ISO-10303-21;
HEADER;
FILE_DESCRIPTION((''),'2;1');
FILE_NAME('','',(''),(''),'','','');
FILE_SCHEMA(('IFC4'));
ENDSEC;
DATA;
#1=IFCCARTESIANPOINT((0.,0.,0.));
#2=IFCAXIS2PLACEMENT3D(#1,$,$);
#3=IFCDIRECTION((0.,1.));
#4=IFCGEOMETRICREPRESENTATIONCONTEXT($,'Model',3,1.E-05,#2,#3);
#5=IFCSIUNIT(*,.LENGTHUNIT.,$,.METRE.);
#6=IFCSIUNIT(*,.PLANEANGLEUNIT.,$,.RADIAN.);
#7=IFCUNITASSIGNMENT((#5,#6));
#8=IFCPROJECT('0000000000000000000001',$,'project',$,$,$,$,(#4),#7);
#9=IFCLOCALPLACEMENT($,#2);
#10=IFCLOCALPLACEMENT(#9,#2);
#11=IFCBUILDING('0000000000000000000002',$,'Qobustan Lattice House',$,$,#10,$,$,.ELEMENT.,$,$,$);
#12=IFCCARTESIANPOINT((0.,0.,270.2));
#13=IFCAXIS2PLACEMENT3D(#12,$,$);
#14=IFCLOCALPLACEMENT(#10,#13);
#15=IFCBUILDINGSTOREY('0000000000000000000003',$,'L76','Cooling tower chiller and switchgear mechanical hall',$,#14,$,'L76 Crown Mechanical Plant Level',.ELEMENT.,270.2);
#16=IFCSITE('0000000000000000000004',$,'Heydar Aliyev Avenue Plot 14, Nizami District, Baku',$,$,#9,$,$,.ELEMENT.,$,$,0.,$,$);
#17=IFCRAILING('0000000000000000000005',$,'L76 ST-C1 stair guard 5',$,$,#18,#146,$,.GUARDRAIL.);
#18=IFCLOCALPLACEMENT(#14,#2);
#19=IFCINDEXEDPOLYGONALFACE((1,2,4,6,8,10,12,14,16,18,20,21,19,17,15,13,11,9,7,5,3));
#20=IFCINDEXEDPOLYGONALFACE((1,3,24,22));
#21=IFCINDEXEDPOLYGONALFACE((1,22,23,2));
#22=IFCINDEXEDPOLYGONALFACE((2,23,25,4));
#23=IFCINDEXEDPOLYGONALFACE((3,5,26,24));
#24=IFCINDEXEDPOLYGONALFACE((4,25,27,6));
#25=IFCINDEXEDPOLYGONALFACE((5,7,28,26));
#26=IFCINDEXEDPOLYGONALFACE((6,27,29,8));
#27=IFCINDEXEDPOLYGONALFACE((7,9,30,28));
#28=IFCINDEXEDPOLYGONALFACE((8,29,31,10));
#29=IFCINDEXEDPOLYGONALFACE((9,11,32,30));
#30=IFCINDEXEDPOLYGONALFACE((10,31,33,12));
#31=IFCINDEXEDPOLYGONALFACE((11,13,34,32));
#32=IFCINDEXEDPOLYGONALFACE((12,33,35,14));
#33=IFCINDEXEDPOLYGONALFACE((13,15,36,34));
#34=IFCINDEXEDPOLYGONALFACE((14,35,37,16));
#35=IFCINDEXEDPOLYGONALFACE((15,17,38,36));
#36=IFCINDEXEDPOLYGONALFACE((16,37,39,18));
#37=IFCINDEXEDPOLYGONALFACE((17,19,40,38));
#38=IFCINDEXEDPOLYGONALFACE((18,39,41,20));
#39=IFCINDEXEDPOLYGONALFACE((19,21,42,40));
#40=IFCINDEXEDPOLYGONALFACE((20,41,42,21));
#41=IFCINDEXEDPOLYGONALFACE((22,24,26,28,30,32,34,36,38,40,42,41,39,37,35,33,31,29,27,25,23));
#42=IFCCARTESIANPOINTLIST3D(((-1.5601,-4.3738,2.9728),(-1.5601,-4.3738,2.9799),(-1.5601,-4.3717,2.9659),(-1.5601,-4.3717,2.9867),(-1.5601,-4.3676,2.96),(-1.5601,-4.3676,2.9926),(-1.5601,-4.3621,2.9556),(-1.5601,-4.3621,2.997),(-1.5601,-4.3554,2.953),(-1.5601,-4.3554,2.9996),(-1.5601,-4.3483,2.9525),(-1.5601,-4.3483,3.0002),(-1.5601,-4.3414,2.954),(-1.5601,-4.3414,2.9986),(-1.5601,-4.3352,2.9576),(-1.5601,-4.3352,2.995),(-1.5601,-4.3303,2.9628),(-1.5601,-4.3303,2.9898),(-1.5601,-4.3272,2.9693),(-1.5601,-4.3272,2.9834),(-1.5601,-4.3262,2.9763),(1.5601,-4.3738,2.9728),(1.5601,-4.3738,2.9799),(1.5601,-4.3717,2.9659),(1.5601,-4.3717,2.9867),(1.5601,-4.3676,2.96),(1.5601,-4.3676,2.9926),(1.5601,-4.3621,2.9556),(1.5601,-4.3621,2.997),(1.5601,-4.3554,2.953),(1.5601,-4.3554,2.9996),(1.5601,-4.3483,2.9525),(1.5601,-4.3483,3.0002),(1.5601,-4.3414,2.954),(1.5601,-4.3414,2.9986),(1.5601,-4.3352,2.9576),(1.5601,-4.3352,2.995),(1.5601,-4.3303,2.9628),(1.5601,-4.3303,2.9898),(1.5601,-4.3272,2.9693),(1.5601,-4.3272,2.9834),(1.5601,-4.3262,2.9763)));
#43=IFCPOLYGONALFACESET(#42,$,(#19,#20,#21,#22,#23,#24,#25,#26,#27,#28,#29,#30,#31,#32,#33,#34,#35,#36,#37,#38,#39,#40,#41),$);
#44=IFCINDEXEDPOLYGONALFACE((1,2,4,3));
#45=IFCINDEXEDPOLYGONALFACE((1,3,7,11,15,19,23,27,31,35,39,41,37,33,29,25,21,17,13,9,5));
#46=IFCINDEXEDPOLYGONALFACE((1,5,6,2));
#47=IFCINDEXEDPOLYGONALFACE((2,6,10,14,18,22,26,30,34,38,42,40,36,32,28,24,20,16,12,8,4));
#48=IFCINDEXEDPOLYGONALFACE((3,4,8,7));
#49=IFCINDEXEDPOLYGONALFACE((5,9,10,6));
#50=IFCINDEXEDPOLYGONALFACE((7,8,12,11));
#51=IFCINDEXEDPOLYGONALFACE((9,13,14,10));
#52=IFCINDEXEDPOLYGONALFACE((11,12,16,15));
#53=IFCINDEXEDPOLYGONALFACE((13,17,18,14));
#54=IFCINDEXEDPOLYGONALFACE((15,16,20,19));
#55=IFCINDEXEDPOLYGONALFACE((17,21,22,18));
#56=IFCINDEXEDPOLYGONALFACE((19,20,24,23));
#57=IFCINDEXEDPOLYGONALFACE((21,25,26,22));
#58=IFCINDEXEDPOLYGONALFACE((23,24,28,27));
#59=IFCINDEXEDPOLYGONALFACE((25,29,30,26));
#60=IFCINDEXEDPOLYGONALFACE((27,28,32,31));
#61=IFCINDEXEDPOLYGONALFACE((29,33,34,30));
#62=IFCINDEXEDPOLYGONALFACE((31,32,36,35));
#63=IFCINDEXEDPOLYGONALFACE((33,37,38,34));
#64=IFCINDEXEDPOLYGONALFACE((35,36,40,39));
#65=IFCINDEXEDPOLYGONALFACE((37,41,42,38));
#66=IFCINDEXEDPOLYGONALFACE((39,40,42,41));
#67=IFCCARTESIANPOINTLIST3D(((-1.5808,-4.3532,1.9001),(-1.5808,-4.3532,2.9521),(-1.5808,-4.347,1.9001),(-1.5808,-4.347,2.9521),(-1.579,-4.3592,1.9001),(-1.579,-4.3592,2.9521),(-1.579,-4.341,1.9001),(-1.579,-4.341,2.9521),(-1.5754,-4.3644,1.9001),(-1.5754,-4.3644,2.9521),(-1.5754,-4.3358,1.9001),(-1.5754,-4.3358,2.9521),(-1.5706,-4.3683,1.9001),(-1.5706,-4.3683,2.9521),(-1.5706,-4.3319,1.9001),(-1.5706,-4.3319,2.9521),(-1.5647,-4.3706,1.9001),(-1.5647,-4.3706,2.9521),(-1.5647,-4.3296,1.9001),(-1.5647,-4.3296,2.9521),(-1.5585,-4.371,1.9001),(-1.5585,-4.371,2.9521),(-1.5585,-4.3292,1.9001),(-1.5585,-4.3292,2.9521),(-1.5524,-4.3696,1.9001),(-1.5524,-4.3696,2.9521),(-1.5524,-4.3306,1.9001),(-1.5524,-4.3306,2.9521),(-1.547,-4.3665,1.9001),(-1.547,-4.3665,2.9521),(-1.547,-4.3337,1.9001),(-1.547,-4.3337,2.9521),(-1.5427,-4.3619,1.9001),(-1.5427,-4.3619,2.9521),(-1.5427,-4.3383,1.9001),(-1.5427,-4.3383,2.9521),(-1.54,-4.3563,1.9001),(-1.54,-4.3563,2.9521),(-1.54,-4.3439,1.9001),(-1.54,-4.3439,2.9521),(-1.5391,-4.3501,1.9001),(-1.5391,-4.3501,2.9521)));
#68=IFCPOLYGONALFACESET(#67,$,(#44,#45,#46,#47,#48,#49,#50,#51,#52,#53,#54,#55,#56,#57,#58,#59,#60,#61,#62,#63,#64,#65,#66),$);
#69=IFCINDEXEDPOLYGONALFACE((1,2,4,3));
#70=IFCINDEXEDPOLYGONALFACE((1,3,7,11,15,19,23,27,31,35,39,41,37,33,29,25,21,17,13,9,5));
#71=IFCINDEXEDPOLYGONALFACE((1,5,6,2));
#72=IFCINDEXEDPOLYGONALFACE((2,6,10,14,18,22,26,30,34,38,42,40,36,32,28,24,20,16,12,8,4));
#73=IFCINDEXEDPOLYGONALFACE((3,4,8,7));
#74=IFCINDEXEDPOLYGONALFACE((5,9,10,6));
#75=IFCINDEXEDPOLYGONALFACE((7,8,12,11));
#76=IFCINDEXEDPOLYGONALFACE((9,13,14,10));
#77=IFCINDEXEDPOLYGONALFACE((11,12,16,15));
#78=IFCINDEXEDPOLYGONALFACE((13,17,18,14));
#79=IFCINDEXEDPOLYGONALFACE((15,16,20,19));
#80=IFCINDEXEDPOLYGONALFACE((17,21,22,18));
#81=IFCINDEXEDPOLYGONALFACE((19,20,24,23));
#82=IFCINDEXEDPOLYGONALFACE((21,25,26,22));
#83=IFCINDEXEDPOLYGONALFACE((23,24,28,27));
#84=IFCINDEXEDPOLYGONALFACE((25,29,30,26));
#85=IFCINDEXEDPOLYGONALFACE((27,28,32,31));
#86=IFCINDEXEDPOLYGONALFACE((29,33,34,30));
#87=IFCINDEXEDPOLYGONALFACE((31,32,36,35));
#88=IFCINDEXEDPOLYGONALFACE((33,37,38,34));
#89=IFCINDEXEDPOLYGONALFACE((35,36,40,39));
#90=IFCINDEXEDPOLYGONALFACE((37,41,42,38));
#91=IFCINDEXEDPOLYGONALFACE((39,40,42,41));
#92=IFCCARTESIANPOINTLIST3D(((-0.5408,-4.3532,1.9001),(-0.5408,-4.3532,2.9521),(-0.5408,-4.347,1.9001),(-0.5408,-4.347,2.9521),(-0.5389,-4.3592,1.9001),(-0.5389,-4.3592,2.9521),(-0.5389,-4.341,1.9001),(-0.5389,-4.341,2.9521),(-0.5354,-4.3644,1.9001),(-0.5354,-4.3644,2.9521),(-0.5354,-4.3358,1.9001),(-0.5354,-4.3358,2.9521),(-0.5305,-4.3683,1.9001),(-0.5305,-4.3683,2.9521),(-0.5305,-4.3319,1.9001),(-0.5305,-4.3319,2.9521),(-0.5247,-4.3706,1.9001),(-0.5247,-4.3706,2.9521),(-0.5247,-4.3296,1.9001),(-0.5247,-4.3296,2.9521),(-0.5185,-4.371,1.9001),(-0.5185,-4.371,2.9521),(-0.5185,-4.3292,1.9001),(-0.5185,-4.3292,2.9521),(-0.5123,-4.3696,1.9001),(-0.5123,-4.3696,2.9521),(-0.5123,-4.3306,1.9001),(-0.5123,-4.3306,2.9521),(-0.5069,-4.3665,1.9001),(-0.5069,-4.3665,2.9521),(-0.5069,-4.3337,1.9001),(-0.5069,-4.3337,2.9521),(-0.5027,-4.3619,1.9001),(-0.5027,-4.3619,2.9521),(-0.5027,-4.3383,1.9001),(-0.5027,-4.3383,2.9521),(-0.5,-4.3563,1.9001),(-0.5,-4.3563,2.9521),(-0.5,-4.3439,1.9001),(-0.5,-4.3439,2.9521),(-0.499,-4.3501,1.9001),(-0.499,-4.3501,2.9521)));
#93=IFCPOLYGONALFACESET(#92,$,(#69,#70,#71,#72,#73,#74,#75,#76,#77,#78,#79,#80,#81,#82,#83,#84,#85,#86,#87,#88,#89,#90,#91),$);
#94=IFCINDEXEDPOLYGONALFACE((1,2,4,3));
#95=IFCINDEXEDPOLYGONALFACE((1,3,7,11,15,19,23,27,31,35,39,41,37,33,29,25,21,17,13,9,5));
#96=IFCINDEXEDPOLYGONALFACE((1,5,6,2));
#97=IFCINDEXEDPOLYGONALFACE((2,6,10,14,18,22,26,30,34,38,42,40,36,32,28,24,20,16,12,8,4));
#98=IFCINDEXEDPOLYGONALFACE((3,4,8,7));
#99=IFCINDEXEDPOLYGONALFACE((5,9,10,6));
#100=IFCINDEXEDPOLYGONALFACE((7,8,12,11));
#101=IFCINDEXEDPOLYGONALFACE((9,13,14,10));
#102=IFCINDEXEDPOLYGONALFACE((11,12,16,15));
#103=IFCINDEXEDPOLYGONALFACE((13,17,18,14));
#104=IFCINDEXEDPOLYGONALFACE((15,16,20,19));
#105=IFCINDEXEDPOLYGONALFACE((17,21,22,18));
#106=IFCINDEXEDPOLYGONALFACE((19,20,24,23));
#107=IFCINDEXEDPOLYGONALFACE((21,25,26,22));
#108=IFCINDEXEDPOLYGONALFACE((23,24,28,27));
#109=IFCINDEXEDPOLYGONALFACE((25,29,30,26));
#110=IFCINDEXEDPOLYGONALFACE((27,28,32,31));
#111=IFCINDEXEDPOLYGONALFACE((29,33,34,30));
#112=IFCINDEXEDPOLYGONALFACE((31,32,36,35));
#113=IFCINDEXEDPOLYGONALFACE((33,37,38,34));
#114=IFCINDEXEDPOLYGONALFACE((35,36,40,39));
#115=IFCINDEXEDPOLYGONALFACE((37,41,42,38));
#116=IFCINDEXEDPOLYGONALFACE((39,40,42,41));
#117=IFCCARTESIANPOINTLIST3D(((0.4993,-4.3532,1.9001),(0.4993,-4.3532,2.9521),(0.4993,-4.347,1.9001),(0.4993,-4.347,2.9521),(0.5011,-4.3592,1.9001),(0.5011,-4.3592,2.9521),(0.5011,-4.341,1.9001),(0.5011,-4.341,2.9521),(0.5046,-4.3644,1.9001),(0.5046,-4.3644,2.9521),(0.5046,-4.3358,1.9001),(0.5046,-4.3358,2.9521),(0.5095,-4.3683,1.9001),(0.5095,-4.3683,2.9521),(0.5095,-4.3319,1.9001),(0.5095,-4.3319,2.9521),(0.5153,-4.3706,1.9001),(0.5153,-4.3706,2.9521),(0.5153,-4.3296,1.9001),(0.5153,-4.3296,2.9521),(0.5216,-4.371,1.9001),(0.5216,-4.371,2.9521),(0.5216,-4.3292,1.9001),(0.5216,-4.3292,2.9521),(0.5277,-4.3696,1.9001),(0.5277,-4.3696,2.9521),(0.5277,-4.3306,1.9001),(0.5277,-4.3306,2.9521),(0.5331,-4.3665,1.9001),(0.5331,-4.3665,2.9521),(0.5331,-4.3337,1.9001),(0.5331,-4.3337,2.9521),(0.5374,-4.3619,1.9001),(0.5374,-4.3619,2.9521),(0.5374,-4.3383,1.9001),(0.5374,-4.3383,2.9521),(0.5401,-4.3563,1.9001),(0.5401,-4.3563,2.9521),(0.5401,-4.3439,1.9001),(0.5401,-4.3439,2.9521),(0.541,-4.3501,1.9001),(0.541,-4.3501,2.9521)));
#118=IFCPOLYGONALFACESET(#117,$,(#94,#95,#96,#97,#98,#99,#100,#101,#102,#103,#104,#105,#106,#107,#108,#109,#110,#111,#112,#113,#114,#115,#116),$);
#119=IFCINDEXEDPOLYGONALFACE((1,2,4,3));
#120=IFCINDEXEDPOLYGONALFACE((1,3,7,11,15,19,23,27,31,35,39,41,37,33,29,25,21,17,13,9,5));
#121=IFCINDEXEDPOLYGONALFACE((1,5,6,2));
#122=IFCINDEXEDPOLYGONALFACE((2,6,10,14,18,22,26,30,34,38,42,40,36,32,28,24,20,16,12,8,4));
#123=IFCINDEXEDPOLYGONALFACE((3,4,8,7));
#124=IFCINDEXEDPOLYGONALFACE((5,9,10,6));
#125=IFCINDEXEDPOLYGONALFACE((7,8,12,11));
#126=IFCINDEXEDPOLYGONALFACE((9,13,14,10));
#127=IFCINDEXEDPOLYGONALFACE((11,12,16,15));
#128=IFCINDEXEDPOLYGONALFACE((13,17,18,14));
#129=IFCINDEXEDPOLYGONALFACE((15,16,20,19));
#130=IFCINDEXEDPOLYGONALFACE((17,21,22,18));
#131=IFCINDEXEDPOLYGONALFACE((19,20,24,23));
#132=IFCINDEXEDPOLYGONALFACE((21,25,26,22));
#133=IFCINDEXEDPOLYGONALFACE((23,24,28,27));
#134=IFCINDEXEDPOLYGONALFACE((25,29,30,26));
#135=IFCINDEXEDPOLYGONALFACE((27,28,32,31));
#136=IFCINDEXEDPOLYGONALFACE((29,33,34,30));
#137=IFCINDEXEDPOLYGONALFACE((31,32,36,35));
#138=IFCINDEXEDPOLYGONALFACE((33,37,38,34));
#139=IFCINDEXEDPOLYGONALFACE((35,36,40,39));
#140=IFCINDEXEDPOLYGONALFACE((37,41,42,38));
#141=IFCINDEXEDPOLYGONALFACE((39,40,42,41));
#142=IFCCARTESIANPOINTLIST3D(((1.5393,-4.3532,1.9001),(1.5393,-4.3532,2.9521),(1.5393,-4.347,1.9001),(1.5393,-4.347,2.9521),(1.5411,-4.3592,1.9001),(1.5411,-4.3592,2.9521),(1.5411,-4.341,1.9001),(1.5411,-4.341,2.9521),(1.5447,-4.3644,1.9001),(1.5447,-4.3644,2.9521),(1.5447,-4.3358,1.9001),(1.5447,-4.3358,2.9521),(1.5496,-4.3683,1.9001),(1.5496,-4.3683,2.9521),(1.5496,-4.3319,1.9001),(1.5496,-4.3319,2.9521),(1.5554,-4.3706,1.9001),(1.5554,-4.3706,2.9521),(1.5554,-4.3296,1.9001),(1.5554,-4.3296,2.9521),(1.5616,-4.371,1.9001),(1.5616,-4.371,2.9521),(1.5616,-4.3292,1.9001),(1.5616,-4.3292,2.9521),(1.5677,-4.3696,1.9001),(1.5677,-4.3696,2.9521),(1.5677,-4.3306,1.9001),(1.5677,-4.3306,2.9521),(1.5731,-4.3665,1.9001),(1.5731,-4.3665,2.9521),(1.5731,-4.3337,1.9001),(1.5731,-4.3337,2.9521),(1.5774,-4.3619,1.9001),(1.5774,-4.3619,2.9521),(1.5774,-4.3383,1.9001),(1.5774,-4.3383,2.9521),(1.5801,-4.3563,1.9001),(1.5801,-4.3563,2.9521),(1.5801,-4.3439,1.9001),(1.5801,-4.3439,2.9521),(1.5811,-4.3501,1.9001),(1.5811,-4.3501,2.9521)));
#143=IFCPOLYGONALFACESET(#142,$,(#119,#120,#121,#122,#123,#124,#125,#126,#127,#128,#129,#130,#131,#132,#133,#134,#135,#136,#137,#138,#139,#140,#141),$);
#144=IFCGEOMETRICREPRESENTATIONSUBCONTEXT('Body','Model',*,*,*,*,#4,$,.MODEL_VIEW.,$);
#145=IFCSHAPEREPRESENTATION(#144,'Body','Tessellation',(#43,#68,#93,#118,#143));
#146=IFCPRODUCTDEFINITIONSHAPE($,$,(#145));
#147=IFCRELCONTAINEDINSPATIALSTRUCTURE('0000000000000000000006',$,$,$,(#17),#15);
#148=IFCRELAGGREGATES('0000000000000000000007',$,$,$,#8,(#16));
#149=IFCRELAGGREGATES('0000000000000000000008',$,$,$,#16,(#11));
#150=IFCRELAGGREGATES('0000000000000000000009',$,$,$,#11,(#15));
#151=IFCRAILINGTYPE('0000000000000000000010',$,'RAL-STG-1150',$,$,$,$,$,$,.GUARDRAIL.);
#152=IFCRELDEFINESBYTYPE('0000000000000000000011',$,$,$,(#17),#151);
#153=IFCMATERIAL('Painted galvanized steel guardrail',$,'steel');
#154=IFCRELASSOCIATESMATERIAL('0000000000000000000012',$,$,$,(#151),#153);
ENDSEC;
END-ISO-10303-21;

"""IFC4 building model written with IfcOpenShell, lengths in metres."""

from ifc_helpers import new_model, si_unit, direction, frame, origin, origin_2d, place, context, subcontext, project, spatial, circle, extrude, material, type_object, element, save


model = new_model("IFC4")

# Units and contexts
model_context = context("Model", 3, precision=1e-05, world=origin(), true_north=direction((0.0, 1.0)))
body_context = subcontext(model_context, "Body", "Model", "MODEL_VIEW")
ifc_project = project(units=[si_unit("LENGTHUNIT", "METRE"), si_unit("PLANEANGLEUNIT", "RADIAN")], contexts=[model_context])

# Site, building, storey
site_placement = place(None, origin())
site = spatial("IfcSite", under=ifc_project, at=site_placement, Name="Heydar Aliyev Avenue Plot 14, Nizami District, Baku", CompositionType="ELEMENT", RefElevation=0.0)
building_placement = place(site_placement, origin())
building = spatial("IfcBuilding", under=site, at=building_placement, Name="Qobustan Lattice House", CompositionType="ELEMENT")
storey_placement = place(building_placement, frame((0.0, 0.0, 270.2)))
storey = spatial("IfcBuildingStorey", under=building, at=storey_placement, Name="L76", Description="Cooling tower chiller and switchgear mechanical hall", LongName="L76 Crown Mechanical Plant Level", CompositionType="ELEMENT", Elevation=270.2)

# Railing
ifc_material_1 = material(Name="Painted galvanized steel guardrail", Category="steel")
railing_type = type_object("IfcRailingType", Name="RAL-STG-1150", PredefinedType="GUARDRAIL", material=ifc_material_1)
railing_1_placement = place(storey_placement, frame((-1.5601, -4.3501, 1.9001)))
element("IfcRailing", 1, at=railing_1_placement, inside=storey, type_object=railing_type, Name="L76 ST-C1 stair guard 5", PredefinedType="GUARDRAIL", context=body_context, shape_type="SweptSolid", body=[
    extrude(circle(Radius=0.0239, at=origin_2d()), frame((0.0, 0.0, 1.0762), z_axis=(1.0, 0.0, 0.0), x_axis=(0.0, 1.0, 0.0)), (0.0, 0.0, 1.0), 3.1201),
    extrude(circle(Radius=0.021, at=origin_2d()), origin(), (0.0, 0.0, 1.0), 1.052),
    extrude(circle(Radius=0.021, at=origin_2d()), frame((1.04, 0.0, 0.0)), (0.0, 0.0, 1.0), 1.052),
    extrude(circle(Radius=0.021, at=origin_2d()), frame((2.0801, 0.0, 0.0)), (0.0, 0.0, 1.0), 1.052),
    extrude(circle(Radius=0.021, at=origin_2d()), frame((3.1201, 0.0, 0.0)), (0.0, 0.0, 1.0), 1.052),
])

save(model, "model.ifc")
